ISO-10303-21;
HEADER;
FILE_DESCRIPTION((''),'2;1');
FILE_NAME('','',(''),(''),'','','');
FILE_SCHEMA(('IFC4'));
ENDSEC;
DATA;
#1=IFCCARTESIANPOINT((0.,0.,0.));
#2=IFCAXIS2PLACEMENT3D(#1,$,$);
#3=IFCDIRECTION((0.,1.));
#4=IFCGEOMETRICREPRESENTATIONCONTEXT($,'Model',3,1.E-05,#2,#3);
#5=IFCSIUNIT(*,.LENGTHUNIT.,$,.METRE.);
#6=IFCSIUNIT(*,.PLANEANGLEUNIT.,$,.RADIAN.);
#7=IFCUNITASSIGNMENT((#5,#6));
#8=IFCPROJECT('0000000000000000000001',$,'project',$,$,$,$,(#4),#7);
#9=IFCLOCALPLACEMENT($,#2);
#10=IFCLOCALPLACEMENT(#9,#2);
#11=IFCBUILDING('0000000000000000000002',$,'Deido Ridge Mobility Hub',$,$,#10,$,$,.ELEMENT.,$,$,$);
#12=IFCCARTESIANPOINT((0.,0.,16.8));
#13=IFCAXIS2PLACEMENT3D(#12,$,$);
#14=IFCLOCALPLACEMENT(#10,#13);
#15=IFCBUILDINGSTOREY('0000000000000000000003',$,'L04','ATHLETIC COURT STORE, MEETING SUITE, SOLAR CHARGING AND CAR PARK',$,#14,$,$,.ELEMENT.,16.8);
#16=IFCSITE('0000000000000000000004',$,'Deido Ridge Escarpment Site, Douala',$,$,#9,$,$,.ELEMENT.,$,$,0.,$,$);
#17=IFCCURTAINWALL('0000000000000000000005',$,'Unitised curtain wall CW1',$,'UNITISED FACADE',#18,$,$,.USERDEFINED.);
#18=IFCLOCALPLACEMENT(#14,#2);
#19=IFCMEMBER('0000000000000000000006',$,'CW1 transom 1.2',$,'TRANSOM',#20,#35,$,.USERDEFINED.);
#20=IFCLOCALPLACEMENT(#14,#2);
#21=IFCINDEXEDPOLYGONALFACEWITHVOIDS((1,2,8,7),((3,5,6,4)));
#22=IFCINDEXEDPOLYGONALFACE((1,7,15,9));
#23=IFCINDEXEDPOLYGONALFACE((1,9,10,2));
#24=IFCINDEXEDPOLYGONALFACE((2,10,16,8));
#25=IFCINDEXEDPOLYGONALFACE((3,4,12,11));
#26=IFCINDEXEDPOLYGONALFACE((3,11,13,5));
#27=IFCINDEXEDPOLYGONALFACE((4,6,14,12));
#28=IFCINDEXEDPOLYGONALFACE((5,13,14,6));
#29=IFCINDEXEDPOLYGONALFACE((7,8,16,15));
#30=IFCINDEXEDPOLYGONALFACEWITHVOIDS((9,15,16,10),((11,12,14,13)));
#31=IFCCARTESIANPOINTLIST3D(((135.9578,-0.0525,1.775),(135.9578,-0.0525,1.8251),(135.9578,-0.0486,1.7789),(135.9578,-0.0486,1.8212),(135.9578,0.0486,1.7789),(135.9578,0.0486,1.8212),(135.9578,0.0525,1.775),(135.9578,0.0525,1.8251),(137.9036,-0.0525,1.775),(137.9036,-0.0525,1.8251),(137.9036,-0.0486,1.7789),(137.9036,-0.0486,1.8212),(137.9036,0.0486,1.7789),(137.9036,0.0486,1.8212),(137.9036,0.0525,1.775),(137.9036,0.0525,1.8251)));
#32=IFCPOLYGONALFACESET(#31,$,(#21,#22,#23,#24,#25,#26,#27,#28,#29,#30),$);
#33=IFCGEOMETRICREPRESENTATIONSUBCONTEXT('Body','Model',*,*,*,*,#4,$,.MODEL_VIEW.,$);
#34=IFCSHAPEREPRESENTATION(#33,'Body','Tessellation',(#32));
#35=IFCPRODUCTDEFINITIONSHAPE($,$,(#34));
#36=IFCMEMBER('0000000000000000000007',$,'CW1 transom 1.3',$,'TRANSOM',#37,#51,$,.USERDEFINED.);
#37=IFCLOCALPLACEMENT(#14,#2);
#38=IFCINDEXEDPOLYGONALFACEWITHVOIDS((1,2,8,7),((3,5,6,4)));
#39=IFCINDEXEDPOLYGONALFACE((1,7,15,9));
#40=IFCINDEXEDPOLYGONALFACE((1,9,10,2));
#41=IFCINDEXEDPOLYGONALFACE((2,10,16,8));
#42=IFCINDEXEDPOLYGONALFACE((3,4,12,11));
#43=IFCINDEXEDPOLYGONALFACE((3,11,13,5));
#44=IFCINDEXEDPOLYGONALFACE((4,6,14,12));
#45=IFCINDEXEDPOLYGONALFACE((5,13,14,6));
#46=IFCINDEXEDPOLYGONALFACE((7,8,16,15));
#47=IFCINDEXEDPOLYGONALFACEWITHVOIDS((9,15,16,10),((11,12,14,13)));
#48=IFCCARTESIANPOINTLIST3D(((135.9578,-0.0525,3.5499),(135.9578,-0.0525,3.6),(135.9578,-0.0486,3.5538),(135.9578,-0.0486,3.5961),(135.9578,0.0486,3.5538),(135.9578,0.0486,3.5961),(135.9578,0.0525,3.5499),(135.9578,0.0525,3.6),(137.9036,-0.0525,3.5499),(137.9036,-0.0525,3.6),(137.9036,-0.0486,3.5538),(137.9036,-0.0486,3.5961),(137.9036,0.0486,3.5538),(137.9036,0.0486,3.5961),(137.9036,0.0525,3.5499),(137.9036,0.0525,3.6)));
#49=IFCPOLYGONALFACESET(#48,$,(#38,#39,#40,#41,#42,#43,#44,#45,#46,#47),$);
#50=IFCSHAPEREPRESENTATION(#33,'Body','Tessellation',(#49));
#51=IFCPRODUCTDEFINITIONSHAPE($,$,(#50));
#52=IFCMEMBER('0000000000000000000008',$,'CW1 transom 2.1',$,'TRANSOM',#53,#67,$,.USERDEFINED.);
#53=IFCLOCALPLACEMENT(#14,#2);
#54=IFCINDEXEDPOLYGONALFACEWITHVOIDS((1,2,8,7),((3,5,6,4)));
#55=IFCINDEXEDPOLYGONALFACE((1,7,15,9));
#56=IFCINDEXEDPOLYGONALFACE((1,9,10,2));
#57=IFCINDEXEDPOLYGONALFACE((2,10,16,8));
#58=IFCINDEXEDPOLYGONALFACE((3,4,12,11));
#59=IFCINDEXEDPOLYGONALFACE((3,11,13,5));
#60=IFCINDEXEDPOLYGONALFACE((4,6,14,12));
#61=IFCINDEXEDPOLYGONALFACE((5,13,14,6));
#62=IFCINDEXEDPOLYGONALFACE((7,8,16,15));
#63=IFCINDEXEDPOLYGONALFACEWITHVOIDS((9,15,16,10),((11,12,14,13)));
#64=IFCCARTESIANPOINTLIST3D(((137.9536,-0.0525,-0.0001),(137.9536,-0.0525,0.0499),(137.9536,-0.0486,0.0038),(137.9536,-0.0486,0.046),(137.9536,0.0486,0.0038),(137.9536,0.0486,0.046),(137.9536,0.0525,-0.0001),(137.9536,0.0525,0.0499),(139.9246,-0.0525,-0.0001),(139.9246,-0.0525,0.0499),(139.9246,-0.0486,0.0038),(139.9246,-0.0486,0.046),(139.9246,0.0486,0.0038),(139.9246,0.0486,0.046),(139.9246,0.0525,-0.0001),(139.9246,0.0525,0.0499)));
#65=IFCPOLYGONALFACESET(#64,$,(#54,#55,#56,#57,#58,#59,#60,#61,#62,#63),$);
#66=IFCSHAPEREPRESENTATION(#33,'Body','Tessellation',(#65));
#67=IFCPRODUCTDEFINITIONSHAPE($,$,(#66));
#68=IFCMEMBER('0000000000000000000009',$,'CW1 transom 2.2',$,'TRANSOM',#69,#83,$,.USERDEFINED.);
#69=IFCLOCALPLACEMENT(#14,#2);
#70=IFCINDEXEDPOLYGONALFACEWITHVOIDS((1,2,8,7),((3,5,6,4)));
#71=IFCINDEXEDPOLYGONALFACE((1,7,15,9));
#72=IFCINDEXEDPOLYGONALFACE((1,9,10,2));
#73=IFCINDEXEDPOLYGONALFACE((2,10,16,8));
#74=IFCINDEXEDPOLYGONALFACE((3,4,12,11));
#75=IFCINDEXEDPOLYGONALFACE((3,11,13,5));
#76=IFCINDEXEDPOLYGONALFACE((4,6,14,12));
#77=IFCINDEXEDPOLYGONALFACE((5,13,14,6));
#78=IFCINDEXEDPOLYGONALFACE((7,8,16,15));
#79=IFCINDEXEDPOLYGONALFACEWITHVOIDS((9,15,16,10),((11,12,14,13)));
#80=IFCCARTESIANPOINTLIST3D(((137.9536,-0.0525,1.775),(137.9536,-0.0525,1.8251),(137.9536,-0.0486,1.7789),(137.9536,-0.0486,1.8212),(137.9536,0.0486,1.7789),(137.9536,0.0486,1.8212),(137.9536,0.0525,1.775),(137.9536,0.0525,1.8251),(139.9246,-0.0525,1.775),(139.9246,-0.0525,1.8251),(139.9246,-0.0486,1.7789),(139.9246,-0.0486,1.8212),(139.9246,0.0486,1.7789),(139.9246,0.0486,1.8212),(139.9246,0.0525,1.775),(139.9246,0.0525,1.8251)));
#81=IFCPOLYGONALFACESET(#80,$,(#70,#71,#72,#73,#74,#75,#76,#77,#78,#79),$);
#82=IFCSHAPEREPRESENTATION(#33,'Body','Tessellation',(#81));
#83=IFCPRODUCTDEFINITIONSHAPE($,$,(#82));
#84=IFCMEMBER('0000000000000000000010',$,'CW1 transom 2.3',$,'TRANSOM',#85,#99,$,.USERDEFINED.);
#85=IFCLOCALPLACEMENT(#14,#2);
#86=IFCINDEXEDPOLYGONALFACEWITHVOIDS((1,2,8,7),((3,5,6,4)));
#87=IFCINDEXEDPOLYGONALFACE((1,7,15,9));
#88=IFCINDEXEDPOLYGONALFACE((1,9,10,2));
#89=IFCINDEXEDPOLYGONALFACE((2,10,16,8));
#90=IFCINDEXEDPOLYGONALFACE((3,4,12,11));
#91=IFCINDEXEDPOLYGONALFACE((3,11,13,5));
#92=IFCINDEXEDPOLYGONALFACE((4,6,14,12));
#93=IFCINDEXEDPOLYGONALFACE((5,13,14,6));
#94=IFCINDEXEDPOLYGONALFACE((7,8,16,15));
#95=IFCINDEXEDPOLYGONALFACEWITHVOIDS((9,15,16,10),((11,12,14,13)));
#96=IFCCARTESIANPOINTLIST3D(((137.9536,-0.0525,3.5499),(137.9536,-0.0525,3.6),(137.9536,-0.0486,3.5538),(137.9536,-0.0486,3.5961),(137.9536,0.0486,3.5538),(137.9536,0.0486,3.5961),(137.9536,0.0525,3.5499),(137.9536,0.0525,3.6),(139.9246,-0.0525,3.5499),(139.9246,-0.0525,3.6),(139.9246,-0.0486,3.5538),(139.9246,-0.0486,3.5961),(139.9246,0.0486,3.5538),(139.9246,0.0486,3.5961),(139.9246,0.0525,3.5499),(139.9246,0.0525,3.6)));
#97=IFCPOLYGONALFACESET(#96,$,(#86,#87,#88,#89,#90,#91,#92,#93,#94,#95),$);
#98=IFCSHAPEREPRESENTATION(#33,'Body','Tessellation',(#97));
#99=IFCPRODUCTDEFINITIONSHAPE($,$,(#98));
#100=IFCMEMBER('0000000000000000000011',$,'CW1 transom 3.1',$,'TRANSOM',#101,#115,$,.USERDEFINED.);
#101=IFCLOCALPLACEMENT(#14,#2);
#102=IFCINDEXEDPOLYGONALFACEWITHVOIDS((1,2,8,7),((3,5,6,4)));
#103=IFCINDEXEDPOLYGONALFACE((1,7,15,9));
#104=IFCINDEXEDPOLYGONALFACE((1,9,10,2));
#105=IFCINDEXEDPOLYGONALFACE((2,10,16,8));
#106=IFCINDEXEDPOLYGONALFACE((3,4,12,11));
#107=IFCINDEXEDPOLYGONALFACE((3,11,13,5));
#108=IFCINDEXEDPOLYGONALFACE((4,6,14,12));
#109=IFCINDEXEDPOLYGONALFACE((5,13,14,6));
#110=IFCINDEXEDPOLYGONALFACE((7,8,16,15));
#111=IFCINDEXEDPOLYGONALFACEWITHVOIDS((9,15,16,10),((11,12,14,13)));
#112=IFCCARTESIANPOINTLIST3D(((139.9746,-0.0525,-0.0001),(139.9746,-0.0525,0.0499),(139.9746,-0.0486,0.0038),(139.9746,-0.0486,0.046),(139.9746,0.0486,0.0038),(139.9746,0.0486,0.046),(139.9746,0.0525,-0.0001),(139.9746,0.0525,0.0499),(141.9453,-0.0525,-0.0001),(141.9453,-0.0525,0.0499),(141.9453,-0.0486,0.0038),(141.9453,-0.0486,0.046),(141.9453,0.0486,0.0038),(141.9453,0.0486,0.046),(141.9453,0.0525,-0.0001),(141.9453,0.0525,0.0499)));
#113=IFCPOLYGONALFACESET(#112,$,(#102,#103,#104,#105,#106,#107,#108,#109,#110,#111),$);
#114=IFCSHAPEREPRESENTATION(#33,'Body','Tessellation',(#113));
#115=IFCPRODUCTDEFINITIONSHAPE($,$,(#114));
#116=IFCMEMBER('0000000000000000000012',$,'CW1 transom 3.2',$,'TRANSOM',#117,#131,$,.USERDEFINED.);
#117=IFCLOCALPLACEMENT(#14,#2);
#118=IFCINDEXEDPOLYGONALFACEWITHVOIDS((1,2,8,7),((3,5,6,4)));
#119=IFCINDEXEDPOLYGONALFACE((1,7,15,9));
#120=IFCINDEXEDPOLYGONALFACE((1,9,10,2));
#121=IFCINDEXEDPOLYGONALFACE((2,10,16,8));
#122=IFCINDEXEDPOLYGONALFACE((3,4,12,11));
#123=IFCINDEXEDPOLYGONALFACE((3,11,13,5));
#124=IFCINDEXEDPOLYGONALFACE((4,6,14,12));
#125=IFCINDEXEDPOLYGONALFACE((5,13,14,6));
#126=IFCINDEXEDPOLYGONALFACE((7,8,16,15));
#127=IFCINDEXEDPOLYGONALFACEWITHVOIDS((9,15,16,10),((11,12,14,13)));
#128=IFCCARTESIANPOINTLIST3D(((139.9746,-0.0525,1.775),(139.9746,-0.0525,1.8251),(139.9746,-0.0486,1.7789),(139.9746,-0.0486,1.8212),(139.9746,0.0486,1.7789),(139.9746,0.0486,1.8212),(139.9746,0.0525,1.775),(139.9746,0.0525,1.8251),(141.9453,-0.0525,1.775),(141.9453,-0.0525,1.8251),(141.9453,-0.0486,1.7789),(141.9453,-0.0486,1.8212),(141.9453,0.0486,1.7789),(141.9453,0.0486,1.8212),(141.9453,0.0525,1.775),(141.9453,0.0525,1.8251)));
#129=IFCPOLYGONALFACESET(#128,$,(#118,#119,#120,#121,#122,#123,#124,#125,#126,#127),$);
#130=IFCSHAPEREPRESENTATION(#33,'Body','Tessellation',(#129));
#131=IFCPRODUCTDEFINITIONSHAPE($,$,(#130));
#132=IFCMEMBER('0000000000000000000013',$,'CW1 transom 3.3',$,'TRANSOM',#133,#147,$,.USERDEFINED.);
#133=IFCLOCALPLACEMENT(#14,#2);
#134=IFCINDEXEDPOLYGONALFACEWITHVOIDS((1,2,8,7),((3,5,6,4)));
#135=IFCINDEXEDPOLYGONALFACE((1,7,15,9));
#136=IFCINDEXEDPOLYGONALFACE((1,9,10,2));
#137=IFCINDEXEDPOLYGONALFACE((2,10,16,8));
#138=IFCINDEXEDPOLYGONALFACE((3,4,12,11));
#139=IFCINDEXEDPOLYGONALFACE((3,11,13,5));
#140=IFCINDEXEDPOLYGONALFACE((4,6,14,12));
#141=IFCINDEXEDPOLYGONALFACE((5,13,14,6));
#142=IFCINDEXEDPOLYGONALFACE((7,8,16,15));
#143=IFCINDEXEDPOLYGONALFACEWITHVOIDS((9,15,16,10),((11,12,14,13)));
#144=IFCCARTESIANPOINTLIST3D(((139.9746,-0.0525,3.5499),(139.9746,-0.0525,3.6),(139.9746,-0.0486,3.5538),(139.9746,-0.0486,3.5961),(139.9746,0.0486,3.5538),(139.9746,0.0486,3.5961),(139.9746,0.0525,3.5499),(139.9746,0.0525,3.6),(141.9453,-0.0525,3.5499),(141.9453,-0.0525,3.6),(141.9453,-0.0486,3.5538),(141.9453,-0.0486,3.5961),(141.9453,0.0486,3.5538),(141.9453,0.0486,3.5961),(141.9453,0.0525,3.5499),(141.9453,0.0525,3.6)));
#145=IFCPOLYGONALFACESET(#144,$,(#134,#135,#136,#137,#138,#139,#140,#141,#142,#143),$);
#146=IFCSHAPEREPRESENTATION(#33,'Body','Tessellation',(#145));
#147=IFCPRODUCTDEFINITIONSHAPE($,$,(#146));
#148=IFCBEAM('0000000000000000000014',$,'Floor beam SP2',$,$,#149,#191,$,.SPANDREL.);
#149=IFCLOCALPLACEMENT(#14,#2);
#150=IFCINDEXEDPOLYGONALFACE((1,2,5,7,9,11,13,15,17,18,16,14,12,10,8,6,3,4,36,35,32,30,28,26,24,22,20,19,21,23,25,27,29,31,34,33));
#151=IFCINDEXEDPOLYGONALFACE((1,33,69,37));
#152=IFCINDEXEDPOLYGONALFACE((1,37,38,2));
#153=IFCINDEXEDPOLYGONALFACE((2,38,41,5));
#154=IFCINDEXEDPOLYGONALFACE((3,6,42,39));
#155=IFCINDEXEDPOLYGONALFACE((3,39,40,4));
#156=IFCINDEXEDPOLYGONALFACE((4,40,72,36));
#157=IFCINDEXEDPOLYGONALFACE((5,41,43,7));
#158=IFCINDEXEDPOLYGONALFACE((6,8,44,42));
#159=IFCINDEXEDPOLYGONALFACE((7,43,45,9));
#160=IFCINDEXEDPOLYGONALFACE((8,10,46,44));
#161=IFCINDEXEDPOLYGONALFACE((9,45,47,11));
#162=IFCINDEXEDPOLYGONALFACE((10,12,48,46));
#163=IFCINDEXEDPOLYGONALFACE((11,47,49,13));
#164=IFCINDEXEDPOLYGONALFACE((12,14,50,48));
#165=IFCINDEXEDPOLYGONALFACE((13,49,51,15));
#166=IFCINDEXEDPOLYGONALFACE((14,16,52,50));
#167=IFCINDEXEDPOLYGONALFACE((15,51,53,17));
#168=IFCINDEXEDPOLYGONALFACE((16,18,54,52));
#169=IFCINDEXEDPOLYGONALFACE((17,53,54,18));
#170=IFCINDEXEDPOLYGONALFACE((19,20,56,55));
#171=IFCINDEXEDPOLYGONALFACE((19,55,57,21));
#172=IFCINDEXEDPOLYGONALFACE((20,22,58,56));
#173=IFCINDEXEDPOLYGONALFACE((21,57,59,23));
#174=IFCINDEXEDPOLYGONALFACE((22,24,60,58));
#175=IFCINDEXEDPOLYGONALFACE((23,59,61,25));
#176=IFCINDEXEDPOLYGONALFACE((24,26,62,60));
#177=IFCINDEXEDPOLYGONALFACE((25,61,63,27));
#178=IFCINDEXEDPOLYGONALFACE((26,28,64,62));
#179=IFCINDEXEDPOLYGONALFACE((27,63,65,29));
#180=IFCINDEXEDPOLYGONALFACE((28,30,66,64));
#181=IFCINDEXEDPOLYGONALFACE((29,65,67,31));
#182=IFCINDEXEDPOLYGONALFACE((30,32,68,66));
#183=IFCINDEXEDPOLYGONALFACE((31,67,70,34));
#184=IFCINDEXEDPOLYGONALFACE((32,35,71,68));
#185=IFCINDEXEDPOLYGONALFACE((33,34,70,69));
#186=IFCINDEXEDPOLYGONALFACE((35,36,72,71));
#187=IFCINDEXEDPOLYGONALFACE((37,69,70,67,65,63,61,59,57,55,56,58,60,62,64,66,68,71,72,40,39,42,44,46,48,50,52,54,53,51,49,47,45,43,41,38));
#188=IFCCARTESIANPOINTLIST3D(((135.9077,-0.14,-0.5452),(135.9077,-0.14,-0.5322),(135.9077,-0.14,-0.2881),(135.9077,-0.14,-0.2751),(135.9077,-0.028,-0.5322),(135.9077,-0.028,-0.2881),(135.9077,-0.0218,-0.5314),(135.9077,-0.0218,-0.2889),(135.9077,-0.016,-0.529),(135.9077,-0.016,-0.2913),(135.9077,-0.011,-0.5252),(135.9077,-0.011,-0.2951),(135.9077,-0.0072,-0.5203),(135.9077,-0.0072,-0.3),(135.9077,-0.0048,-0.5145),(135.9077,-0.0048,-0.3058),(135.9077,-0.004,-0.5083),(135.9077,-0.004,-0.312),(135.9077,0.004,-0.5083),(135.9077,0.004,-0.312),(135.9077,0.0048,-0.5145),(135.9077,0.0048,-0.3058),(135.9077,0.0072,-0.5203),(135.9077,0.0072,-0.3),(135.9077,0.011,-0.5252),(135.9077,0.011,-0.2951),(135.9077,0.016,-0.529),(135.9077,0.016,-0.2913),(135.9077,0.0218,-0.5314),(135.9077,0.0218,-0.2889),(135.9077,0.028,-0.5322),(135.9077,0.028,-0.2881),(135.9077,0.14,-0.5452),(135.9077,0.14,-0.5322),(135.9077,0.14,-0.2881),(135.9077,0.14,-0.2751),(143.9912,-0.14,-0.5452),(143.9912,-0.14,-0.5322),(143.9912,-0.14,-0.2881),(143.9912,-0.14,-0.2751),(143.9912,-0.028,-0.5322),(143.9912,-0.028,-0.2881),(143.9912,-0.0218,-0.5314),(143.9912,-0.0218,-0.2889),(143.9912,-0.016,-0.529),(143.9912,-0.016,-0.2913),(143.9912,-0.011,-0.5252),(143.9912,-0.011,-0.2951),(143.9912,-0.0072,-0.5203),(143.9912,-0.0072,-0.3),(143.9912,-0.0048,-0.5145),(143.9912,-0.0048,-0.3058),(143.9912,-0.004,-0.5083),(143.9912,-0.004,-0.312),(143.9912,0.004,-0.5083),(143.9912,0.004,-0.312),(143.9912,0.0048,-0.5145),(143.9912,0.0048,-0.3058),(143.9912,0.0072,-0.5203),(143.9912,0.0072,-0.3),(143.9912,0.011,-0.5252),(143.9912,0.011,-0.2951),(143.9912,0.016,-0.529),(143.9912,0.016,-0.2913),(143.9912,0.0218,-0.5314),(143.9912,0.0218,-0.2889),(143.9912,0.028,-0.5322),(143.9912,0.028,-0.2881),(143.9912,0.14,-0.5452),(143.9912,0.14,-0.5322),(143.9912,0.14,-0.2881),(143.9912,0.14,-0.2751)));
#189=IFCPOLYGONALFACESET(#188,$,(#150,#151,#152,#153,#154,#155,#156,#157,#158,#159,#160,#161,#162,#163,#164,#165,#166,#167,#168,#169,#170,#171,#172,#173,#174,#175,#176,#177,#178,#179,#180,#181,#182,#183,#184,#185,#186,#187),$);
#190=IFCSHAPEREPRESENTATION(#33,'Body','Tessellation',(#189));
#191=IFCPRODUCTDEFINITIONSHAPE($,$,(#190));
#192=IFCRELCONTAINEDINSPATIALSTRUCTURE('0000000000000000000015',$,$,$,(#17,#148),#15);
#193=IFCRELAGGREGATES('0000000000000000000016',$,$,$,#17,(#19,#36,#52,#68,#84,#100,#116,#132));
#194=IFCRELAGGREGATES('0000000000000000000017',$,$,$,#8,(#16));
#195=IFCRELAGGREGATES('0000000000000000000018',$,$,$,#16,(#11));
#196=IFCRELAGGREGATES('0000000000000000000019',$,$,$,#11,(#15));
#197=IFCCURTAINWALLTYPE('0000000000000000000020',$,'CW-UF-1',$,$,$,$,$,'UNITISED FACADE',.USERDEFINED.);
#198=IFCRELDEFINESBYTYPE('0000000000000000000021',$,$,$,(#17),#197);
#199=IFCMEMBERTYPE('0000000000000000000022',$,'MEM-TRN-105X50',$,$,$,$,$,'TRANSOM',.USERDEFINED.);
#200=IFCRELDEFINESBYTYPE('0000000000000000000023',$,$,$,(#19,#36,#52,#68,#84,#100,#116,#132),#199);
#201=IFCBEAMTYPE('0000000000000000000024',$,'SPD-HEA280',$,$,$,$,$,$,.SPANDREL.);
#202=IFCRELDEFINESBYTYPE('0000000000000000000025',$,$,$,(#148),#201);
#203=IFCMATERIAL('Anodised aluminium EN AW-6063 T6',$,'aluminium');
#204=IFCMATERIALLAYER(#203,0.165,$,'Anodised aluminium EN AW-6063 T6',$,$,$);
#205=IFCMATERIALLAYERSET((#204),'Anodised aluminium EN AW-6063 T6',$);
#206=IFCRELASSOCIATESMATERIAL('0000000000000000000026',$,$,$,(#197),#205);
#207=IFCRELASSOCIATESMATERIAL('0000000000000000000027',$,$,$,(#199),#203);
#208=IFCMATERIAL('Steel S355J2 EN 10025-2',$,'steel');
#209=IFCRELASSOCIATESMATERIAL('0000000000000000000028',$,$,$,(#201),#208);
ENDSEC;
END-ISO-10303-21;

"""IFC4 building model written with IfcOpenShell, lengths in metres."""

from ifc_helpers import new_model, si_unit, direction, frame, origin, origin_2d, place, context, subcontext, project, spatial, hollow_rectangle, i_section, extrude, material, layer, layer_set, material_profile, profile_set, type_object, element, aggregate, save


model = new_model("IFC4")

# Units and contexts
model_context = context("Model", 3, precision=1e-05, world=origin(), true_north=direction((0.0, 1.0)))
body_context = subcontext(model_context, "Body", "Model", "MODEL_VIEW")
ifc_project = project(units=[si_unit("LENGTHUNIT", "METRE"), si_unit("PLANEANGLEUNIT", "RADIAN")], contexts=[model_context])

# Site, building, storey
site_placement = place(None, origin())
site = spatial("IfcSite", under=ifc_project, at=site_placement, Name="Deido Ridge Escarpment Site, Douala", CompositionType="ELEMENT", RefElevation=0.0)
building_placement = place(site_placement, origin())
building = spatial("IfcBuilding", under=site, at=building_placement, Name="Deido Ridge Mobility Hub", CompositionType="ELEMENT")
storey_placement = place(building_placement, frame((0.0, 0.0, 16.8)))
storey = spatial("IfcBuildingStorey", under=building, at=storey_placement, Name="L04", Description="ATHLETIC COURT STORE, MEETING SUITE, SOLAR CHARGING AND CAR PARK", CompositionType="ELEMENT", Elevation=16.8)

# Shared definitions
ifc_material_1 = material(Name="Steel S355J2 EN 10025-2", Category="steel")

# Curtain wall
ifc_material_2 = material(Name="Anodised aluminium EN AW-6063 T6", Category="aluminium")
ifc_layer_1 = layer(ifc_material_2, 0.165, Name="Anodised aluminium EN AW-6063 T6")
ifc_layer_set_1 = layer_set([ifc_layer_1], Name="Anodised aluminium EN AW-6063 T6")
curtain_wall_type_1 = type_object("IfcCurtainWallType", Name="CW-UF-1", ElementType="UNITISED FACADE", PredefinedType="USERDEFINED", material=ifc_layer_set_1)
curtain_wall_1_placement = place(storey_placement, origin())
curtain_wall_1 = element("IfcCurtainWall", 1, at=curtain_wall_1_placement, inside=storey, type_object=curtain_wall_type_1, Name="Unitised curtain wall CW1", ObjectType="UNITISED FACADE", PredefinedType="USERDEFINED")

# Members
ifc_material_profile_1 = material_profile(ifc_material_2, hollow_rectangle(XDim=0.105, YDim=0.05, WallThickness=0.0039, at=origin_2d()), Name="RHS 105x50x4")
ifc_profile_set_1 = profile_set([ifc_material_profile_1], Name="Anodised aluminium EN AW-6063 T6")
member_type_1 = type_object("IfcMemberType", Name="MEM-TRN-105X50", ElementType="TRANSOM", PredefinedType="USERDEFINED", material=ifc_profile_set_1)
member_1_placement = place(storey_placement, frame((135.9578, 0.0, 1.8), z_axis=(1.0, 0.0, 0.0), x_axis=(0.0, 1.0, 0.0)))
member_1 = element("IfcMember", 2, at=member_1_placement, type_object=member_type_1, Name="CW1 transom 1.2", ObjectType="TRANSOM", PredefinedType="USERDEFINED", context=body_context, shape_type="SweptSolid", body=[
    extrude(hollow_rectangle(XDim=0.105, YDim=0.05, WallThickness=0.0039, at=origin_2d()), origin(), (0.0, 0.0, 1.0), 1.9458),
])
member_2_placement = place(storey_placement, frame((135.9578, 0.0, 3.575), z_axis=(1.0, 0.0, 0.0), x_axis=(0.0, 1.0, 0.0)))
member_2 = element("IfcMember", 3, at=member_2_placement, type_object=member_type_1, Name="CW1 transom 1.3", ObjectType="TRANSOM", PredefinedType="USERDEFINED", context=body_context, shape_type="SweptSolid", body=[
    extrude(hollow_rectangle(XDim=0.105, YDim=0.05, WallThickness=0.0039, at=origin_2d()), origin(), (0.0, 0.0, 1.0), 1.9458),
])
member_3_placement = place(storey_placement, frame((137.9536, 0.0, 0.0249), z_axis=(1.0, 0.0, 0.0), x_axis=(0.0, 1.0, 0.0)))
member_3 = element("IfcMember", 4, at=member_3_placement, type_object=member_type_1, Name="CW1 transom 2.1", ObjectType="TRANSOM", PredefinedType="USERDEFINED", context=body_context, shape_type="SweptSolid", body=[
    extrude(hollow_rectangle(XDim=0.105, YDim=0.05, WallThickness=0.0039, at=origin_2d()), origin(), (0.0, 0.0, 1.0), 1.9709),
])
member_4_placement = place(storey_placement, frame((137.9536, 0.0, 1.8), z_axis=(1.0, 0.0, 0.0), x_axis=(0.0, 1.0, 0.0)))
member_4 = element("IfcMember", 5, at=member_4_placement, type_object=member_type_1, Name="CW1 transom 2.2", ObjectType="TRANSOM", PredefinedType="USERDEFINED", context=body_context, shape_type="SweptSolid", body=[
    extrude(hollow_rectangle(XDim=0.105, YDim=0.05, WallThickness=0.0039, at=origin_2d()), origin(), (0.0, 0.0, 1.0), 1.9709),
])
member_5_placement = place(storey_placement, frame((137.9536, 0.0, 3.575), z_axis=(1.0, 0.0, 0.0), x_axis=(0.0, 1.0, 0.0)))
member_5 = element("IfcMember", 6, at=member_5_placement, type_object=member_type_1, Name="CW1 transom 2.3", ObjectType="TRANSOM", PredefinedType="USERDEFINED", context=body_context, shape_type="SweptSolid", body=[
    extrude(hollow_rectangle(XDim=0.105, YDim=0.05, WallThickness=0.0039, at=origin_2d()), origin(), (0.0, 0.0, 1.0), 1.9709),
])
member_6_placement = place(storey_placement, frame((139.9746, 0.0, 0.0249), z_axis=(1.0, 0.0, 0.0), x_axis=(0.0, 1.0, 0.0)))
member_6 = element("IfcMember", 7, at=member_6_placement, type_object=member_type_1, Name="CW1 transom 3.1", ObjectType="TRANSOM", PredefinedType="USERDEFINED", context=body_context, shape_type="SweptSolid", body=[
    extrude(hollow_rectangle(XDim=0.105, YDim=0.05, WallThickness=0.0039, at=origin_2d()), origin(), (0.0, 0.0, 1.0), 1.9707),
])
member_7_placement = place(storey_placement, frame((139.9746, 0.0, 1.8), z_axis=(1.0, 0.0, 0.0), x_axis=(0.0, 1.0, 0.0)))
member_7 = element("IfcMember", 8, at=member_7_placement, type_object=member_type_1, Name="CW1 transom 3.2", ObjectType="TRANSOM", PredefinedType="USERDEFINED", context=body_context, shape_type="SweptSolid", body=[
    extrude(hollow_rectangle(XDim=0.105, YDim=0.05, WallThickness=0.0039, at=origin_2d()), origin(), (0.0, 0.0, 1.0), 1.9707),
])
member_8_placement = place(storey_placement, frame((139.9746, 0.0, 3.575), z_axis=(1.0, 0.0, 0.0), x_axis=(0.0, 1.0, 0.0)))
member_8 = element("IfcMember", 9, at=member_8_placement, type_object=member_type_1, Name="CW1 transom 3.3", ObjectType="TRANSOM", PredefinedType="USERDEFINED", context=body_context, shape_type="SweptSolid", body=[
    extrude(hollow_rectangle(XDim=0.105, YDim=0.05, WallThickness=0.0039, at=origin_2d()), origin(), (0.0, 0.0, 1.0), 1.9707),
])

# Beam
ifc_material_profile_2 = material_profile(ifc_material_1, i_section(OverallWidth=0.28, OverallDepth=0.27, WebThickness=0.0081, FlangeThickness=0.0129, FilletRadius=0.0239, at=origin_2d()), Name="HEA 280")
ifc_profile_set_2 = profile_set([ifc_material_profile_2], Name="Steel S355J2 EN 10025-2")
beam_type_1 = type_object("IfcBeamType", Name="SPD-HEA280", PredefinedType="SPANDREL", material=ifc_profile_set_2)
beam_1_placement = place(storey_placement, frame((135.9077, 0.0, -0.4102), z_axis=(1.0, 0.0, 0.0), x_axis=(0.0, 1.0, 0.0)))
element("IfcBeam", 10, at=beam_1_placement, inside=storey, type_object=beam_type_1, Name="Floor beam SP2", PredefinedType="SPANDREL", context=body_context, shape_type="SweptSolid", body=[
    extrude(i_section(OverallWidth=0.28, OverallDepth=0.27, WebThickness=0.0081, FlangeThickness=0.0129, FilletRadius=0.0239, at=origin_2d()), origin(), (0.0, 0.0, 1.0), 8.0835),
])

aggregate(curtain_wall_1, [member_1, member_2, member_3, member_4, member_5, member_6, member_7, member_8])

save(model, "model.ifc")
